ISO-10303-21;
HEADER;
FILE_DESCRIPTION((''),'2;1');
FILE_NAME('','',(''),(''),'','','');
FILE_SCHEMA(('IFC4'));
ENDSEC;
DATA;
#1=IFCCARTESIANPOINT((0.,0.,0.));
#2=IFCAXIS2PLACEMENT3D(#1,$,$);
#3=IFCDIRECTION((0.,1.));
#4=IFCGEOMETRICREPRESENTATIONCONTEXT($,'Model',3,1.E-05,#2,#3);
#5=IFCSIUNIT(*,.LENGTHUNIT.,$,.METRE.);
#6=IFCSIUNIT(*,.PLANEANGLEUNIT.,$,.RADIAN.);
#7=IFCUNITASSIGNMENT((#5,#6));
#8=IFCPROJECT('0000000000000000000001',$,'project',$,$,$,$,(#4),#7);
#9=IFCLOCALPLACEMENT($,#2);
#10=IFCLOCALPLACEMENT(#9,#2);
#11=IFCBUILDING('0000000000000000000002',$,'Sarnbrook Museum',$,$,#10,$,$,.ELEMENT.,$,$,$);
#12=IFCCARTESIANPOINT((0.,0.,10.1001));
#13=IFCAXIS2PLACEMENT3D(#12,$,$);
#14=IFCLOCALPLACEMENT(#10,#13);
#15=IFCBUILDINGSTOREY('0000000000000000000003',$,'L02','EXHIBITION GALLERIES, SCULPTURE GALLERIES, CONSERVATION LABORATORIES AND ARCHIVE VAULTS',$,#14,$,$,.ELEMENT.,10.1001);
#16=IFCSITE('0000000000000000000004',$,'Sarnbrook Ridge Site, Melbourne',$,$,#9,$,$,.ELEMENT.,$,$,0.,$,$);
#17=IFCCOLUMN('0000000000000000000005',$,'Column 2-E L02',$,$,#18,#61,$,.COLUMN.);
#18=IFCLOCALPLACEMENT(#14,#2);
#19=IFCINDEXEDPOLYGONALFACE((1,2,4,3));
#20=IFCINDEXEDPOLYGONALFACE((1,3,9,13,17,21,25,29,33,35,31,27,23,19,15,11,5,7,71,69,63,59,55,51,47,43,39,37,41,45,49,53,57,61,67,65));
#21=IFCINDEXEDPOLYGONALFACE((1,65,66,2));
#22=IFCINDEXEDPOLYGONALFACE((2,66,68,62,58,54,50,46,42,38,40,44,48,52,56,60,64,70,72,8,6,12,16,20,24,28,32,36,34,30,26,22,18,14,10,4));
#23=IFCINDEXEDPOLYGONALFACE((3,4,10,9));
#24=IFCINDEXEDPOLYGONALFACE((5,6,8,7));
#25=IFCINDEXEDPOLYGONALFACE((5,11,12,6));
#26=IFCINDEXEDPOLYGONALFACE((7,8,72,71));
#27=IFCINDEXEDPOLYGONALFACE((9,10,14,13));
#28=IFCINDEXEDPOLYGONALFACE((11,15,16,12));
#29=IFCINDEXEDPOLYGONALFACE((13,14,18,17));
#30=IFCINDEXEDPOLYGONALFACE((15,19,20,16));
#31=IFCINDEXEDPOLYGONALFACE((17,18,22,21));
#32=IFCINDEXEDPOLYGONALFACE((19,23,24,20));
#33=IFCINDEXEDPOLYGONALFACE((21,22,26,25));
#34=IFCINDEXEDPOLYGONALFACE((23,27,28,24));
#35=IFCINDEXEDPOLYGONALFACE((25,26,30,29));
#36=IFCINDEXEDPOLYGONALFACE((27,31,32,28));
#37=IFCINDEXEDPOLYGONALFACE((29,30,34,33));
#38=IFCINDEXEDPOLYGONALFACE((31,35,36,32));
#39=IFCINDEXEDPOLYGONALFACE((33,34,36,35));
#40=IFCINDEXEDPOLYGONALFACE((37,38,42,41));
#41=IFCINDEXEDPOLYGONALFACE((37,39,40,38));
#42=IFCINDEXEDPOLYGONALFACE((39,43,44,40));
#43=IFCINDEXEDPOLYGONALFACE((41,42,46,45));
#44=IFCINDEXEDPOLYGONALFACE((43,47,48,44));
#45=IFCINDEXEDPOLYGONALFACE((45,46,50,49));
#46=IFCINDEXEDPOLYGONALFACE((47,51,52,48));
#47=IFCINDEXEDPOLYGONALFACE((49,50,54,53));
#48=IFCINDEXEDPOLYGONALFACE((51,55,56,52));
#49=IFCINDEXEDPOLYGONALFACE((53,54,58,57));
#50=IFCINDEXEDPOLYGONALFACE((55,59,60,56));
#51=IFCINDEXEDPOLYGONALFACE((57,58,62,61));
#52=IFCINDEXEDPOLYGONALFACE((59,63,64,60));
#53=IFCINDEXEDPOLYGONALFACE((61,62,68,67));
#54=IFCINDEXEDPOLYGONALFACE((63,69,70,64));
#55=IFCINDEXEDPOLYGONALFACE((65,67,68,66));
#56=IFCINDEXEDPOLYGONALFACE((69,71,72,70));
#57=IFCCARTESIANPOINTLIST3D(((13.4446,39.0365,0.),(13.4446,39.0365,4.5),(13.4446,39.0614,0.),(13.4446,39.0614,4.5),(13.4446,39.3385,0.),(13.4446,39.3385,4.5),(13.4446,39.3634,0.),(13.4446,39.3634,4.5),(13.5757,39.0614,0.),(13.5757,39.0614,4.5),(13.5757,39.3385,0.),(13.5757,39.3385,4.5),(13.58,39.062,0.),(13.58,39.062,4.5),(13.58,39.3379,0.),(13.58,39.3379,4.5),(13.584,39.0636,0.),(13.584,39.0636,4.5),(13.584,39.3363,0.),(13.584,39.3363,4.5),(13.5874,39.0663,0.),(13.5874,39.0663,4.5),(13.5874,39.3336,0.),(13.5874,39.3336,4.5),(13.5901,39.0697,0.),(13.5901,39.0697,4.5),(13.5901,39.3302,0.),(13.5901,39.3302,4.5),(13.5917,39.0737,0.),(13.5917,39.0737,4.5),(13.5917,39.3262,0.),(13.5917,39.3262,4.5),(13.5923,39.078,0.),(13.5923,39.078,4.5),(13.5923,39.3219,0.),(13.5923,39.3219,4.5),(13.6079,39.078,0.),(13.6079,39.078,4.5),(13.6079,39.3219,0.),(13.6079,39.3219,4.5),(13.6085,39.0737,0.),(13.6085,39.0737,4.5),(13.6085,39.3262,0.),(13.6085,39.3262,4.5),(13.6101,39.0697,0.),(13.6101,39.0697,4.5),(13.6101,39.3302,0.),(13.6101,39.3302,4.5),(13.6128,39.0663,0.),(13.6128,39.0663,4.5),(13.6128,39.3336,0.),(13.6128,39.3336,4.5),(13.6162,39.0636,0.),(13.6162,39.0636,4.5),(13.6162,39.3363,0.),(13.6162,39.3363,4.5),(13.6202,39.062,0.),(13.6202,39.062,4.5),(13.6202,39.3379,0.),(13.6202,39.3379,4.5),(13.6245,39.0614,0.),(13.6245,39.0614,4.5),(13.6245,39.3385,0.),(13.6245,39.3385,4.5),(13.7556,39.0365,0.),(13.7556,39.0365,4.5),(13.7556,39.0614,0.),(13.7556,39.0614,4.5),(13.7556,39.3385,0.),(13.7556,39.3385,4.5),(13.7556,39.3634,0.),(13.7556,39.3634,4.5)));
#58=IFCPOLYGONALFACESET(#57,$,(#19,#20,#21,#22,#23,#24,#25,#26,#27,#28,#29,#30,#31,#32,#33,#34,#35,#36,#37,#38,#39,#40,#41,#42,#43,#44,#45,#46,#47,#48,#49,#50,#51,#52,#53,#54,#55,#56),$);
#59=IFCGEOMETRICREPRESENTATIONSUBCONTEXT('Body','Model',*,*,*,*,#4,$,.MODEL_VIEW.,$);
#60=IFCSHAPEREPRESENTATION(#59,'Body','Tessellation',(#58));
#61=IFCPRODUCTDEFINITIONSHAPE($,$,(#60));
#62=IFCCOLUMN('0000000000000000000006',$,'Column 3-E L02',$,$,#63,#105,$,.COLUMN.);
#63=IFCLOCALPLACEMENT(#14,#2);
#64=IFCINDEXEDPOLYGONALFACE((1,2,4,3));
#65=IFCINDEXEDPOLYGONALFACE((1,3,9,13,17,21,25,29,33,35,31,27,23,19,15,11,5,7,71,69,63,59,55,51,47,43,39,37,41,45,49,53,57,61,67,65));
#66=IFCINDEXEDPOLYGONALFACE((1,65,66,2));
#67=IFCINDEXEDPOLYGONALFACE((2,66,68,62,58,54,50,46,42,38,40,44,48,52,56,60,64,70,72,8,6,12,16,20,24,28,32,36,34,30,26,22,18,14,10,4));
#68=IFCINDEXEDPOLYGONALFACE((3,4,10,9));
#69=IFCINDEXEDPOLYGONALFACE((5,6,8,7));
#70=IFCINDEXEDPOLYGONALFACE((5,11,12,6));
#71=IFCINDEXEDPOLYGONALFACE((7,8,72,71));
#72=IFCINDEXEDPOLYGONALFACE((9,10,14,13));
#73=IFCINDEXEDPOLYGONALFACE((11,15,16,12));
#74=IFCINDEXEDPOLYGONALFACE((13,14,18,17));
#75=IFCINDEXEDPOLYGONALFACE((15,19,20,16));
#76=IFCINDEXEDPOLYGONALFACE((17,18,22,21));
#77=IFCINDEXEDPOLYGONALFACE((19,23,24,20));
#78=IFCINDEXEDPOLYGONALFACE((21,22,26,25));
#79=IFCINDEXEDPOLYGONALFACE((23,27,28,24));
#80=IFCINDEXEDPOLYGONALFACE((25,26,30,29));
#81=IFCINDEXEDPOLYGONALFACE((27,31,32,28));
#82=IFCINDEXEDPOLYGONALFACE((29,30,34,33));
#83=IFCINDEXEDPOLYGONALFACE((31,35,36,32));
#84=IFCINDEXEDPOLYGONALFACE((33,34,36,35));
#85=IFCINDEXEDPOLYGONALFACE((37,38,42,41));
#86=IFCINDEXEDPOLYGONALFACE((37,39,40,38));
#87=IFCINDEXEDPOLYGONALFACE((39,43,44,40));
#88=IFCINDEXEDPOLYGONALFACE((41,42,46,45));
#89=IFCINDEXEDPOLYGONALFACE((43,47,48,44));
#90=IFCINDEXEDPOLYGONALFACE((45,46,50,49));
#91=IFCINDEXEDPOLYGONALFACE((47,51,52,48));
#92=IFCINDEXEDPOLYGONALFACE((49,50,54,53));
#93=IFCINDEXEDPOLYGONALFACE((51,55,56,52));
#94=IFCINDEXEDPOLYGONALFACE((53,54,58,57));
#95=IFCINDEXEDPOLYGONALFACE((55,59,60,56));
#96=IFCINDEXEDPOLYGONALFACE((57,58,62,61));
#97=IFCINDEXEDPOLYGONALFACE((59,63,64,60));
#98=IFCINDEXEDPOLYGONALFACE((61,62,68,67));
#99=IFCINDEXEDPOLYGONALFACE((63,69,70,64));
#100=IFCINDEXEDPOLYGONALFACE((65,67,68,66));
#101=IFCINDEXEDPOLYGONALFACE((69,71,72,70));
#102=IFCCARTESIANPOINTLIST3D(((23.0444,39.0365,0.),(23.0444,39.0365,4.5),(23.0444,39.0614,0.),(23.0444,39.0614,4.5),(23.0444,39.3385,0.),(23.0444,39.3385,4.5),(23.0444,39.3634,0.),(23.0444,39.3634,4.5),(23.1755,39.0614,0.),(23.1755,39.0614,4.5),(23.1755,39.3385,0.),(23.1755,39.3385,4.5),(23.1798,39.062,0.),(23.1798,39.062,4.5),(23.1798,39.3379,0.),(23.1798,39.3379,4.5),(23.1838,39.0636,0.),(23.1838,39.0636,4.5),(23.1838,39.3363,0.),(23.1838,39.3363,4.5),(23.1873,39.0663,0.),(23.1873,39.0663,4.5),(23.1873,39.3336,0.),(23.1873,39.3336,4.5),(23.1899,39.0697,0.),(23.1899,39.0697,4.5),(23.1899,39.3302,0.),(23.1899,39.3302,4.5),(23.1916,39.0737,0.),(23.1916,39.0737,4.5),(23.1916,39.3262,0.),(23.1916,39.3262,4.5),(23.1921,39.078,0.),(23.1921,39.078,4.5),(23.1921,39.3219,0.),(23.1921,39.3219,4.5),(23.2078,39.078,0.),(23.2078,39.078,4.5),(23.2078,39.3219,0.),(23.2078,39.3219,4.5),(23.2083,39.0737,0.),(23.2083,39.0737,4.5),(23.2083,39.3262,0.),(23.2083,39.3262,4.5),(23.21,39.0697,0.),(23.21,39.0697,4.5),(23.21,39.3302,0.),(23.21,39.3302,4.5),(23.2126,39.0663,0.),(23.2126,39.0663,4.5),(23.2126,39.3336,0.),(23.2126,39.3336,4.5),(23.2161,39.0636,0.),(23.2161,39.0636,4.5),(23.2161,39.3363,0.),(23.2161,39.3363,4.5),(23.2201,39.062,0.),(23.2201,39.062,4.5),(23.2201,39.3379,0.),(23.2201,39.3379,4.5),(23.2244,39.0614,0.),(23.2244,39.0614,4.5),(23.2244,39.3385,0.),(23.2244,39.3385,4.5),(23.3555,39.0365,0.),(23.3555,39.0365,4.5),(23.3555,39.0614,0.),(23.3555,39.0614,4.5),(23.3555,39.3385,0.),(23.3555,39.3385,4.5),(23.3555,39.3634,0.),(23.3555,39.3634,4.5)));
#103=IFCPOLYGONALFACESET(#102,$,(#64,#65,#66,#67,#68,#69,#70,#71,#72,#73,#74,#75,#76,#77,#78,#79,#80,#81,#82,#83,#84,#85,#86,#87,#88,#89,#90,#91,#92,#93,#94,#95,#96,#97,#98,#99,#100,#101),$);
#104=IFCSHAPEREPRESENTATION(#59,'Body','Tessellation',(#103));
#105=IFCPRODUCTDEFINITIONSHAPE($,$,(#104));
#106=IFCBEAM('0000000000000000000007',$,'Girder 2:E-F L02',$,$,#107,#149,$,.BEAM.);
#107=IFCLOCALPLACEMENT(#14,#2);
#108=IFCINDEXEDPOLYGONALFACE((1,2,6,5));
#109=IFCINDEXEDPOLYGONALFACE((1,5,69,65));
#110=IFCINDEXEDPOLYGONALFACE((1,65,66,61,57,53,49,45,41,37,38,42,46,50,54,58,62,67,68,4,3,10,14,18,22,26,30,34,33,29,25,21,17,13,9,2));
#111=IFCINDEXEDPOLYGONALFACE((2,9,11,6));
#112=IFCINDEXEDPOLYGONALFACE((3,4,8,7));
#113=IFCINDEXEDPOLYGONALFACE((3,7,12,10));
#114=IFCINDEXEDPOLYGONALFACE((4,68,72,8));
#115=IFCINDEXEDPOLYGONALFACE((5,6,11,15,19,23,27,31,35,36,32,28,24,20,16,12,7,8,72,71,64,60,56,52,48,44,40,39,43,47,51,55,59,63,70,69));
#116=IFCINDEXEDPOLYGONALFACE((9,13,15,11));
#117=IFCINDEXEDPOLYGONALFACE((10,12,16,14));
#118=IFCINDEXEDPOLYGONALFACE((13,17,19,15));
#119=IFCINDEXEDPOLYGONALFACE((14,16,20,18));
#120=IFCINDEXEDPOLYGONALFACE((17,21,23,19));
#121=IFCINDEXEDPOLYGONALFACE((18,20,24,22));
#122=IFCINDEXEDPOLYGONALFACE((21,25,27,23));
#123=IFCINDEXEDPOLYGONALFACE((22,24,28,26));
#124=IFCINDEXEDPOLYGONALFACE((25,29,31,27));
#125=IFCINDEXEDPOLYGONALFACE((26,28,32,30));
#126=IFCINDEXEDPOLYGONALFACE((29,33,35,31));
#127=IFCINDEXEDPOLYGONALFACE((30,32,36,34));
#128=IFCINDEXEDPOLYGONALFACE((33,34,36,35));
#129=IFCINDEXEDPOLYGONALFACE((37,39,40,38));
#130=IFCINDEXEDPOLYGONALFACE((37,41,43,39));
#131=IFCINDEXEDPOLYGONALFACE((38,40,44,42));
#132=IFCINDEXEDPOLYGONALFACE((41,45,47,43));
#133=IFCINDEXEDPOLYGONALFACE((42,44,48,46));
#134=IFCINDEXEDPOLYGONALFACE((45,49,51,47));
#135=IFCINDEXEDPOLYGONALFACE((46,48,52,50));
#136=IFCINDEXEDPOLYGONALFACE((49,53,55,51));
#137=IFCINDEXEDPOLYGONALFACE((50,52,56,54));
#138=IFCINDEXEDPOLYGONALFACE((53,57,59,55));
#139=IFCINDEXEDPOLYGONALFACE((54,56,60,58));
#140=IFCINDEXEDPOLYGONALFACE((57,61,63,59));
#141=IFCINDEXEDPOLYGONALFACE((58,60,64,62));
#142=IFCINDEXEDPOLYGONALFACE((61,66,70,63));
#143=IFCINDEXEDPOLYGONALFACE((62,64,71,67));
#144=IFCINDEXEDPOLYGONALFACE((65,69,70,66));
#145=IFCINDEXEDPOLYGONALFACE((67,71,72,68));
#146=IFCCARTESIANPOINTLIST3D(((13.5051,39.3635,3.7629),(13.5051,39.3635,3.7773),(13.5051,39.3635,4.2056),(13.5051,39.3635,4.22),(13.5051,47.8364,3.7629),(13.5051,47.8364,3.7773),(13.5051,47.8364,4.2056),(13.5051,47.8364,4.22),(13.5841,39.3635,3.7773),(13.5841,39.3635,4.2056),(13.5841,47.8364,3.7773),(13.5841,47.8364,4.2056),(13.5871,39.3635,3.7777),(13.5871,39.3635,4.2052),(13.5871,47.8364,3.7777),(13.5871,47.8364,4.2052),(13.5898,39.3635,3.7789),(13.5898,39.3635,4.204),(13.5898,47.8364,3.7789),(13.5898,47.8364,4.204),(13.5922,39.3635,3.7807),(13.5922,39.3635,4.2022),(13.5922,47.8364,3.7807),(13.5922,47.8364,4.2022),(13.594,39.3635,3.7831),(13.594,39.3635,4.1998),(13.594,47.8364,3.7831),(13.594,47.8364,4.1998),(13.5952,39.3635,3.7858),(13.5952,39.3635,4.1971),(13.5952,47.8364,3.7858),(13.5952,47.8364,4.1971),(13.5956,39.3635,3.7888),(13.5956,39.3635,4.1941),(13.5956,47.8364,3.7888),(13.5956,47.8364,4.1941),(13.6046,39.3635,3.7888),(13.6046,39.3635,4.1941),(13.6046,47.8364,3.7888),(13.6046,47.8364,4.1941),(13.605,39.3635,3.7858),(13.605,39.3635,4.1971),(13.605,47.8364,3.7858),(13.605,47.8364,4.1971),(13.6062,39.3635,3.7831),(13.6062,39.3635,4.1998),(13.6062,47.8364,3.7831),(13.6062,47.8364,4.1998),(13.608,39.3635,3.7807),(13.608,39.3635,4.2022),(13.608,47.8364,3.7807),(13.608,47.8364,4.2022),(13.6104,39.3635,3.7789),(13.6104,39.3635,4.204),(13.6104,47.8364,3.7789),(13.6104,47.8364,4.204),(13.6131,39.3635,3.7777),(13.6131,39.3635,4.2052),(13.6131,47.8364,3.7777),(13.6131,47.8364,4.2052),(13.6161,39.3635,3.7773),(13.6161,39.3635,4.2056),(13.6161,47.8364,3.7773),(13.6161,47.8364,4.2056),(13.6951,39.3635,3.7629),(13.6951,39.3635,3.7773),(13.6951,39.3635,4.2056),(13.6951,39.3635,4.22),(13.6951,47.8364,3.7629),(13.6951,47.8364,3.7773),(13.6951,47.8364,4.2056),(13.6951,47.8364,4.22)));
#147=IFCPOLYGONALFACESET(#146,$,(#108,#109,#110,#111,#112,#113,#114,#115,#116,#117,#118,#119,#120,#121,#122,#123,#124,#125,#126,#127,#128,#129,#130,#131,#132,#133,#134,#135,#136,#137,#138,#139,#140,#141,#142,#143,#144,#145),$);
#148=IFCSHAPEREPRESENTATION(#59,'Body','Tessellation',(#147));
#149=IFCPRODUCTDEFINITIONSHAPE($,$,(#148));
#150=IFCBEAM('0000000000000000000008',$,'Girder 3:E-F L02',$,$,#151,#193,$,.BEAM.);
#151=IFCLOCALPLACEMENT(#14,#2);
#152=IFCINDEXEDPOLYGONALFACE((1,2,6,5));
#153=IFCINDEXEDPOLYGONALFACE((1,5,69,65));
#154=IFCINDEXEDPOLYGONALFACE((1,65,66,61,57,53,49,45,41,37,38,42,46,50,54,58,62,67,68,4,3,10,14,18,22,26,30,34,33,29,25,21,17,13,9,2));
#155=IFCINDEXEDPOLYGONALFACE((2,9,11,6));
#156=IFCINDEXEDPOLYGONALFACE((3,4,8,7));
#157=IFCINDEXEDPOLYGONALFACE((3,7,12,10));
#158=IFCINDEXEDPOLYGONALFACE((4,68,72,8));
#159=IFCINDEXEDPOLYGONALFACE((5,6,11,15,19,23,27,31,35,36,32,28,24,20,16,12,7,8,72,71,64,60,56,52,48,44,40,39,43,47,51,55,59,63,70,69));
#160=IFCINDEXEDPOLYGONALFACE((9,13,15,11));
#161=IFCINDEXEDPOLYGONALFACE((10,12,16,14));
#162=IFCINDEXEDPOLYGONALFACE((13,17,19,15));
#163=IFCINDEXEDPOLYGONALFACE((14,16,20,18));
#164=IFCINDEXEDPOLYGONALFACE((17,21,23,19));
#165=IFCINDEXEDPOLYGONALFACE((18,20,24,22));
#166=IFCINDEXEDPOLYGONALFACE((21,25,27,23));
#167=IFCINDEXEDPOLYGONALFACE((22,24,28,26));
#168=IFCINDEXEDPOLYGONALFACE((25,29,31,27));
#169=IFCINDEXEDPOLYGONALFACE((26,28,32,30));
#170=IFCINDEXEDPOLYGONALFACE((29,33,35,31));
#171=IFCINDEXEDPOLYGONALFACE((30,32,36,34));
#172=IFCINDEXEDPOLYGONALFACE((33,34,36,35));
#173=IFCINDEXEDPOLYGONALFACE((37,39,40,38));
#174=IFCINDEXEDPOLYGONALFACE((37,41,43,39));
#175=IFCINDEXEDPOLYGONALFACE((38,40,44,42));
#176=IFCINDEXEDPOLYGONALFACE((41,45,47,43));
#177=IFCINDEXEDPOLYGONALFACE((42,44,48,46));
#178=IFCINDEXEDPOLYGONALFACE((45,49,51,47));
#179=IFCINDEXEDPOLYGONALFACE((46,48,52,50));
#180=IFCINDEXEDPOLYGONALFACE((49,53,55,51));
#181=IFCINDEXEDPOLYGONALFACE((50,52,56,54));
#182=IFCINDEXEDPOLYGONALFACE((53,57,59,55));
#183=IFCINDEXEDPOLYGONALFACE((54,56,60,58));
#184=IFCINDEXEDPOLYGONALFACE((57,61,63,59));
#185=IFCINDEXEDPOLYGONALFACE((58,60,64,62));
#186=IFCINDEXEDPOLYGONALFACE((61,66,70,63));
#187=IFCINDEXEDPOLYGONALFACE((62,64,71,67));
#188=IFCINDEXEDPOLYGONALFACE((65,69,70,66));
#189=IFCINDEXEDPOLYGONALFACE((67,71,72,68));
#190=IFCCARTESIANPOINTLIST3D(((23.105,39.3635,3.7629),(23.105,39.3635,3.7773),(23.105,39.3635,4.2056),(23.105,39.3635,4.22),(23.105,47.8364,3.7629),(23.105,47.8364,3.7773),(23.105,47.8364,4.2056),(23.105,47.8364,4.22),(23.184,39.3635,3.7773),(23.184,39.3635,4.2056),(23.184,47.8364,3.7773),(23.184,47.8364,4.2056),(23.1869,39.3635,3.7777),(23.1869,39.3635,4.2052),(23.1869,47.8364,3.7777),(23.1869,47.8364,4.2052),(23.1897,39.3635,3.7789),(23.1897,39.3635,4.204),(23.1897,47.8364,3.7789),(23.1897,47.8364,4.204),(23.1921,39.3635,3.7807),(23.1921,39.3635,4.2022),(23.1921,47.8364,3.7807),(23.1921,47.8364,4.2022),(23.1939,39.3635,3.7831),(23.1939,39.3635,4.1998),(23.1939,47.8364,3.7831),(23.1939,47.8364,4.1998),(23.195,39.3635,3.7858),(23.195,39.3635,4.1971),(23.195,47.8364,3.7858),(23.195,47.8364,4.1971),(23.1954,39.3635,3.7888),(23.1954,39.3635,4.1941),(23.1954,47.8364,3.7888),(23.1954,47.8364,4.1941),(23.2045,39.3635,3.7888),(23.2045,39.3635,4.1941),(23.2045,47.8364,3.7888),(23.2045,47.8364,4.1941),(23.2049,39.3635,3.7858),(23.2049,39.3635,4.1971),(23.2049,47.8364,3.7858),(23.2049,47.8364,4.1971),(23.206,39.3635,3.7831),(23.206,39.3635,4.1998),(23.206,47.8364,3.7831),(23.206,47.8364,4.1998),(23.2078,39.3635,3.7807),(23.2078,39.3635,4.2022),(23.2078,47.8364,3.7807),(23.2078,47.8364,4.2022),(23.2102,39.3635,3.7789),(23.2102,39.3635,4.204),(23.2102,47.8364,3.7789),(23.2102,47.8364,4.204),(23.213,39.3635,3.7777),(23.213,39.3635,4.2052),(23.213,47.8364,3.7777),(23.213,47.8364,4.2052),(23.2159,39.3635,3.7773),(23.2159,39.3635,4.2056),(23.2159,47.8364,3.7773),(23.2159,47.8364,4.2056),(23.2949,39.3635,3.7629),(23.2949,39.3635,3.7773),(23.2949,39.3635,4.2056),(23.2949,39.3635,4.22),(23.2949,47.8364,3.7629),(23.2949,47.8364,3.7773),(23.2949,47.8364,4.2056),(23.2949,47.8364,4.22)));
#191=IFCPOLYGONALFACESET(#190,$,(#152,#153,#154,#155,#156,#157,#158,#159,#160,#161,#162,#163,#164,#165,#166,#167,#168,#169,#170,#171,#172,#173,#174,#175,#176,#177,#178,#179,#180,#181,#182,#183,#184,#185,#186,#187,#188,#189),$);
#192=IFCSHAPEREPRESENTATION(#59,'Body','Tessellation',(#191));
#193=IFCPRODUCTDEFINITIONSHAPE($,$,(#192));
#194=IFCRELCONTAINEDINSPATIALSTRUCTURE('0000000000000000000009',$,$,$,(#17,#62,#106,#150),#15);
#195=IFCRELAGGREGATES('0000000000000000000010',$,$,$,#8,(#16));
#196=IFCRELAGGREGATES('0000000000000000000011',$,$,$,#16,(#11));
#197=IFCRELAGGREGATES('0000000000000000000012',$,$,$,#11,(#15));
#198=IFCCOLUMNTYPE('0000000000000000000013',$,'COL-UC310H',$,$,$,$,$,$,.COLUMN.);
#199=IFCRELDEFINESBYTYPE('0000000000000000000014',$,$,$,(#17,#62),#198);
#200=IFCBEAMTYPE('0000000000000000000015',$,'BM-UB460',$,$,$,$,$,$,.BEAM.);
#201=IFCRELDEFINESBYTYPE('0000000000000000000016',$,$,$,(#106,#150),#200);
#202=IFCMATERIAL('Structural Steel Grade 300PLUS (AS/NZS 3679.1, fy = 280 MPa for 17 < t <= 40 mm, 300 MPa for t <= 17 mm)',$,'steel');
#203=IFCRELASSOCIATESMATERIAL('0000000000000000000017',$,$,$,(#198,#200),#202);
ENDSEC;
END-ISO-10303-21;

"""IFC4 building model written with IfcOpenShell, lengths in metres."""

from ifc_helpers import new_model, si_unit, direction, frame, origin, origin_2d, place, context, subcontext, project, spatial, i_section, extrude, material, material_profile, profile_set, type_object, element, save


model = new_model("IFC4")

# Units and contexts
model_context = context("Model", 3, precision=1e-05, world=origin(), true_north=direction((0.0, 1.0)))
body_context = subcontext(model_context, "Body", "Model", "MODEL_VIEW")
ifc_project = project(units=[si_unit("LENGTHUNIT", "METRE"), si_unit("PLANEANGLEUNIT", "RADIAN")], contexts=[model_context])

# Site, building, storey
site_placement = place(None, origin())
site = spatial("IfcSite", under=ifc_project, at=site_placement, Name="Sarnbrook Ridge Site, Melbourne", CompositionType="ELEMENT", RefElevation=0.0)
building_placement = place(site_placement, origin())
building = spatial("IfcBuilding", under=site, at=building_placement, Name="Sarnbrook Museum", CompositionType="ELEMENT")
storey_placement = place(building_placement, frame((0.0, 0.0, 10.1001)))
storey = spatial("IfcBuildingStorey", under=building, at=storey_placement, Name="L02", Description="EXHIBITION GALLERIES, SCULPTURE GALLERIES, CONSERVATION LABORATORIES AND ARCHIVE VAULTS", CompositionType="ELEMENT", Elevation=10.1001)

# Columns
ifc_material_1 = material(Name="Structural Steel Grade 300PLUS (AS/NZS 3679.1, fy = 280 MPa for 17 < t <= 40 mm, 300 MPa for t <= 17 mm)", Category="steel")
ifc_material_profile_1 = material_profile(ifc_material_1, i_section(OverallWidth=0.311, OverallDepth=0.3269, WebThickness=0.0156, FlangeThickness=0.0249, FilletRadius=0.0166, at=origin_2d()), Name="310UC158")
ifc_profile_set_1 = profile_set([ifc_material_profile_1], Name="Structural Steel Grade 300PLUS (AS/NZS 3679.1, fy = 280 MPa for 17 < t <= 40 mm, 300 MPa for t <= 17 mm)")
column_type = type_object("IfcColumnType", Name="COL-UC310H", PredefinedType="COLUMN", material=ifc_profile_set_1)
for number, where, z_axis, x_axis, name in (
    (1, (13.6001, 39.2, 0.0), (0.0, 0.0, 1.0), (1.0, 0.0, 0.0), "Column 2-E L02"),
    (2, (23.2, 39.2, 0.0), (0.0, 0.0, 1.0), (1.0, 0.0, 0.0), "Column 3-E L02"),
):
    element("IfcColumn", number, at=place(storey_placement, frame(where, z_axis=z_axis, x_axis=x_axis)), inside=storey, type_object=column_type, Name=name, PredefinedType="COLUMN", context=body_context, shape_type="SweptSolid", body=[
        extrude(i_section(OverallWidth=0.311, OverallDepth=0.3269, WebThickness=0.0156, FlangeThickness=0.0249, FilletRadius=0.0166, at=origin_2d()), origin(), (0.0, 0.0, 1.0), 4.5),
    ])

# Beams
ifc_material_profile_2 = material_profile(ifc_material_1, i_section(OverallWidth=0.1899, OverallDepth=0.457, WebThickness=0.009, FlangeThickness=0.0144, FilletRadius=0.0115, at=origin_2d()), Name="460UB74.6")
ifc_profile_set_2 = profile_set([ifc_material_profile_2], Name="Structural Steel Grade 300PLUS (AS/NZS 3679.1, fy = 280 MPa for 17 < t <= 40 mm, 300 MPa for t <= 17 mm)")
beam_type_1 = type_object("IfcBeamType", Name="BM-UB460", PredefinedType="BEAM", material=ifc_profile_set_2)
for number, where, z_axis, x_axis, name in (
    (3, (13.6001, 39.3635, 3.9915), (0.0, 1.0, 0.0), (-1.0, 0.0, 0.0), "Girder 2:E-F L02"),
    (4, (23.2, 39.3635, 3.9915), (0.0, 1.0, 0.0), (-1.0, 0.0, 0.0), "Girder 3:E-F L02"),
):
    element("IfcBeam", number, at=place(storey_placement, frame(where, z_axis=z_axis, x_axis=x_axis)), inside=storey, type_object=beam_type_1, Name=name, PredefinedType="BEAM", context=body_context, shape_type="SweptSolid", body=[
        extrude(i_section(OverallWidth=0.1899, OverallDepth=0.457, WebThickness=0.009, FlangeThickness=0.0144, FilletRadius=0.0115, at=origin_2d()), origin(), (0.0, 0.0, 1.0), 8.4729),
    ])

save(model, "model.ifc")
